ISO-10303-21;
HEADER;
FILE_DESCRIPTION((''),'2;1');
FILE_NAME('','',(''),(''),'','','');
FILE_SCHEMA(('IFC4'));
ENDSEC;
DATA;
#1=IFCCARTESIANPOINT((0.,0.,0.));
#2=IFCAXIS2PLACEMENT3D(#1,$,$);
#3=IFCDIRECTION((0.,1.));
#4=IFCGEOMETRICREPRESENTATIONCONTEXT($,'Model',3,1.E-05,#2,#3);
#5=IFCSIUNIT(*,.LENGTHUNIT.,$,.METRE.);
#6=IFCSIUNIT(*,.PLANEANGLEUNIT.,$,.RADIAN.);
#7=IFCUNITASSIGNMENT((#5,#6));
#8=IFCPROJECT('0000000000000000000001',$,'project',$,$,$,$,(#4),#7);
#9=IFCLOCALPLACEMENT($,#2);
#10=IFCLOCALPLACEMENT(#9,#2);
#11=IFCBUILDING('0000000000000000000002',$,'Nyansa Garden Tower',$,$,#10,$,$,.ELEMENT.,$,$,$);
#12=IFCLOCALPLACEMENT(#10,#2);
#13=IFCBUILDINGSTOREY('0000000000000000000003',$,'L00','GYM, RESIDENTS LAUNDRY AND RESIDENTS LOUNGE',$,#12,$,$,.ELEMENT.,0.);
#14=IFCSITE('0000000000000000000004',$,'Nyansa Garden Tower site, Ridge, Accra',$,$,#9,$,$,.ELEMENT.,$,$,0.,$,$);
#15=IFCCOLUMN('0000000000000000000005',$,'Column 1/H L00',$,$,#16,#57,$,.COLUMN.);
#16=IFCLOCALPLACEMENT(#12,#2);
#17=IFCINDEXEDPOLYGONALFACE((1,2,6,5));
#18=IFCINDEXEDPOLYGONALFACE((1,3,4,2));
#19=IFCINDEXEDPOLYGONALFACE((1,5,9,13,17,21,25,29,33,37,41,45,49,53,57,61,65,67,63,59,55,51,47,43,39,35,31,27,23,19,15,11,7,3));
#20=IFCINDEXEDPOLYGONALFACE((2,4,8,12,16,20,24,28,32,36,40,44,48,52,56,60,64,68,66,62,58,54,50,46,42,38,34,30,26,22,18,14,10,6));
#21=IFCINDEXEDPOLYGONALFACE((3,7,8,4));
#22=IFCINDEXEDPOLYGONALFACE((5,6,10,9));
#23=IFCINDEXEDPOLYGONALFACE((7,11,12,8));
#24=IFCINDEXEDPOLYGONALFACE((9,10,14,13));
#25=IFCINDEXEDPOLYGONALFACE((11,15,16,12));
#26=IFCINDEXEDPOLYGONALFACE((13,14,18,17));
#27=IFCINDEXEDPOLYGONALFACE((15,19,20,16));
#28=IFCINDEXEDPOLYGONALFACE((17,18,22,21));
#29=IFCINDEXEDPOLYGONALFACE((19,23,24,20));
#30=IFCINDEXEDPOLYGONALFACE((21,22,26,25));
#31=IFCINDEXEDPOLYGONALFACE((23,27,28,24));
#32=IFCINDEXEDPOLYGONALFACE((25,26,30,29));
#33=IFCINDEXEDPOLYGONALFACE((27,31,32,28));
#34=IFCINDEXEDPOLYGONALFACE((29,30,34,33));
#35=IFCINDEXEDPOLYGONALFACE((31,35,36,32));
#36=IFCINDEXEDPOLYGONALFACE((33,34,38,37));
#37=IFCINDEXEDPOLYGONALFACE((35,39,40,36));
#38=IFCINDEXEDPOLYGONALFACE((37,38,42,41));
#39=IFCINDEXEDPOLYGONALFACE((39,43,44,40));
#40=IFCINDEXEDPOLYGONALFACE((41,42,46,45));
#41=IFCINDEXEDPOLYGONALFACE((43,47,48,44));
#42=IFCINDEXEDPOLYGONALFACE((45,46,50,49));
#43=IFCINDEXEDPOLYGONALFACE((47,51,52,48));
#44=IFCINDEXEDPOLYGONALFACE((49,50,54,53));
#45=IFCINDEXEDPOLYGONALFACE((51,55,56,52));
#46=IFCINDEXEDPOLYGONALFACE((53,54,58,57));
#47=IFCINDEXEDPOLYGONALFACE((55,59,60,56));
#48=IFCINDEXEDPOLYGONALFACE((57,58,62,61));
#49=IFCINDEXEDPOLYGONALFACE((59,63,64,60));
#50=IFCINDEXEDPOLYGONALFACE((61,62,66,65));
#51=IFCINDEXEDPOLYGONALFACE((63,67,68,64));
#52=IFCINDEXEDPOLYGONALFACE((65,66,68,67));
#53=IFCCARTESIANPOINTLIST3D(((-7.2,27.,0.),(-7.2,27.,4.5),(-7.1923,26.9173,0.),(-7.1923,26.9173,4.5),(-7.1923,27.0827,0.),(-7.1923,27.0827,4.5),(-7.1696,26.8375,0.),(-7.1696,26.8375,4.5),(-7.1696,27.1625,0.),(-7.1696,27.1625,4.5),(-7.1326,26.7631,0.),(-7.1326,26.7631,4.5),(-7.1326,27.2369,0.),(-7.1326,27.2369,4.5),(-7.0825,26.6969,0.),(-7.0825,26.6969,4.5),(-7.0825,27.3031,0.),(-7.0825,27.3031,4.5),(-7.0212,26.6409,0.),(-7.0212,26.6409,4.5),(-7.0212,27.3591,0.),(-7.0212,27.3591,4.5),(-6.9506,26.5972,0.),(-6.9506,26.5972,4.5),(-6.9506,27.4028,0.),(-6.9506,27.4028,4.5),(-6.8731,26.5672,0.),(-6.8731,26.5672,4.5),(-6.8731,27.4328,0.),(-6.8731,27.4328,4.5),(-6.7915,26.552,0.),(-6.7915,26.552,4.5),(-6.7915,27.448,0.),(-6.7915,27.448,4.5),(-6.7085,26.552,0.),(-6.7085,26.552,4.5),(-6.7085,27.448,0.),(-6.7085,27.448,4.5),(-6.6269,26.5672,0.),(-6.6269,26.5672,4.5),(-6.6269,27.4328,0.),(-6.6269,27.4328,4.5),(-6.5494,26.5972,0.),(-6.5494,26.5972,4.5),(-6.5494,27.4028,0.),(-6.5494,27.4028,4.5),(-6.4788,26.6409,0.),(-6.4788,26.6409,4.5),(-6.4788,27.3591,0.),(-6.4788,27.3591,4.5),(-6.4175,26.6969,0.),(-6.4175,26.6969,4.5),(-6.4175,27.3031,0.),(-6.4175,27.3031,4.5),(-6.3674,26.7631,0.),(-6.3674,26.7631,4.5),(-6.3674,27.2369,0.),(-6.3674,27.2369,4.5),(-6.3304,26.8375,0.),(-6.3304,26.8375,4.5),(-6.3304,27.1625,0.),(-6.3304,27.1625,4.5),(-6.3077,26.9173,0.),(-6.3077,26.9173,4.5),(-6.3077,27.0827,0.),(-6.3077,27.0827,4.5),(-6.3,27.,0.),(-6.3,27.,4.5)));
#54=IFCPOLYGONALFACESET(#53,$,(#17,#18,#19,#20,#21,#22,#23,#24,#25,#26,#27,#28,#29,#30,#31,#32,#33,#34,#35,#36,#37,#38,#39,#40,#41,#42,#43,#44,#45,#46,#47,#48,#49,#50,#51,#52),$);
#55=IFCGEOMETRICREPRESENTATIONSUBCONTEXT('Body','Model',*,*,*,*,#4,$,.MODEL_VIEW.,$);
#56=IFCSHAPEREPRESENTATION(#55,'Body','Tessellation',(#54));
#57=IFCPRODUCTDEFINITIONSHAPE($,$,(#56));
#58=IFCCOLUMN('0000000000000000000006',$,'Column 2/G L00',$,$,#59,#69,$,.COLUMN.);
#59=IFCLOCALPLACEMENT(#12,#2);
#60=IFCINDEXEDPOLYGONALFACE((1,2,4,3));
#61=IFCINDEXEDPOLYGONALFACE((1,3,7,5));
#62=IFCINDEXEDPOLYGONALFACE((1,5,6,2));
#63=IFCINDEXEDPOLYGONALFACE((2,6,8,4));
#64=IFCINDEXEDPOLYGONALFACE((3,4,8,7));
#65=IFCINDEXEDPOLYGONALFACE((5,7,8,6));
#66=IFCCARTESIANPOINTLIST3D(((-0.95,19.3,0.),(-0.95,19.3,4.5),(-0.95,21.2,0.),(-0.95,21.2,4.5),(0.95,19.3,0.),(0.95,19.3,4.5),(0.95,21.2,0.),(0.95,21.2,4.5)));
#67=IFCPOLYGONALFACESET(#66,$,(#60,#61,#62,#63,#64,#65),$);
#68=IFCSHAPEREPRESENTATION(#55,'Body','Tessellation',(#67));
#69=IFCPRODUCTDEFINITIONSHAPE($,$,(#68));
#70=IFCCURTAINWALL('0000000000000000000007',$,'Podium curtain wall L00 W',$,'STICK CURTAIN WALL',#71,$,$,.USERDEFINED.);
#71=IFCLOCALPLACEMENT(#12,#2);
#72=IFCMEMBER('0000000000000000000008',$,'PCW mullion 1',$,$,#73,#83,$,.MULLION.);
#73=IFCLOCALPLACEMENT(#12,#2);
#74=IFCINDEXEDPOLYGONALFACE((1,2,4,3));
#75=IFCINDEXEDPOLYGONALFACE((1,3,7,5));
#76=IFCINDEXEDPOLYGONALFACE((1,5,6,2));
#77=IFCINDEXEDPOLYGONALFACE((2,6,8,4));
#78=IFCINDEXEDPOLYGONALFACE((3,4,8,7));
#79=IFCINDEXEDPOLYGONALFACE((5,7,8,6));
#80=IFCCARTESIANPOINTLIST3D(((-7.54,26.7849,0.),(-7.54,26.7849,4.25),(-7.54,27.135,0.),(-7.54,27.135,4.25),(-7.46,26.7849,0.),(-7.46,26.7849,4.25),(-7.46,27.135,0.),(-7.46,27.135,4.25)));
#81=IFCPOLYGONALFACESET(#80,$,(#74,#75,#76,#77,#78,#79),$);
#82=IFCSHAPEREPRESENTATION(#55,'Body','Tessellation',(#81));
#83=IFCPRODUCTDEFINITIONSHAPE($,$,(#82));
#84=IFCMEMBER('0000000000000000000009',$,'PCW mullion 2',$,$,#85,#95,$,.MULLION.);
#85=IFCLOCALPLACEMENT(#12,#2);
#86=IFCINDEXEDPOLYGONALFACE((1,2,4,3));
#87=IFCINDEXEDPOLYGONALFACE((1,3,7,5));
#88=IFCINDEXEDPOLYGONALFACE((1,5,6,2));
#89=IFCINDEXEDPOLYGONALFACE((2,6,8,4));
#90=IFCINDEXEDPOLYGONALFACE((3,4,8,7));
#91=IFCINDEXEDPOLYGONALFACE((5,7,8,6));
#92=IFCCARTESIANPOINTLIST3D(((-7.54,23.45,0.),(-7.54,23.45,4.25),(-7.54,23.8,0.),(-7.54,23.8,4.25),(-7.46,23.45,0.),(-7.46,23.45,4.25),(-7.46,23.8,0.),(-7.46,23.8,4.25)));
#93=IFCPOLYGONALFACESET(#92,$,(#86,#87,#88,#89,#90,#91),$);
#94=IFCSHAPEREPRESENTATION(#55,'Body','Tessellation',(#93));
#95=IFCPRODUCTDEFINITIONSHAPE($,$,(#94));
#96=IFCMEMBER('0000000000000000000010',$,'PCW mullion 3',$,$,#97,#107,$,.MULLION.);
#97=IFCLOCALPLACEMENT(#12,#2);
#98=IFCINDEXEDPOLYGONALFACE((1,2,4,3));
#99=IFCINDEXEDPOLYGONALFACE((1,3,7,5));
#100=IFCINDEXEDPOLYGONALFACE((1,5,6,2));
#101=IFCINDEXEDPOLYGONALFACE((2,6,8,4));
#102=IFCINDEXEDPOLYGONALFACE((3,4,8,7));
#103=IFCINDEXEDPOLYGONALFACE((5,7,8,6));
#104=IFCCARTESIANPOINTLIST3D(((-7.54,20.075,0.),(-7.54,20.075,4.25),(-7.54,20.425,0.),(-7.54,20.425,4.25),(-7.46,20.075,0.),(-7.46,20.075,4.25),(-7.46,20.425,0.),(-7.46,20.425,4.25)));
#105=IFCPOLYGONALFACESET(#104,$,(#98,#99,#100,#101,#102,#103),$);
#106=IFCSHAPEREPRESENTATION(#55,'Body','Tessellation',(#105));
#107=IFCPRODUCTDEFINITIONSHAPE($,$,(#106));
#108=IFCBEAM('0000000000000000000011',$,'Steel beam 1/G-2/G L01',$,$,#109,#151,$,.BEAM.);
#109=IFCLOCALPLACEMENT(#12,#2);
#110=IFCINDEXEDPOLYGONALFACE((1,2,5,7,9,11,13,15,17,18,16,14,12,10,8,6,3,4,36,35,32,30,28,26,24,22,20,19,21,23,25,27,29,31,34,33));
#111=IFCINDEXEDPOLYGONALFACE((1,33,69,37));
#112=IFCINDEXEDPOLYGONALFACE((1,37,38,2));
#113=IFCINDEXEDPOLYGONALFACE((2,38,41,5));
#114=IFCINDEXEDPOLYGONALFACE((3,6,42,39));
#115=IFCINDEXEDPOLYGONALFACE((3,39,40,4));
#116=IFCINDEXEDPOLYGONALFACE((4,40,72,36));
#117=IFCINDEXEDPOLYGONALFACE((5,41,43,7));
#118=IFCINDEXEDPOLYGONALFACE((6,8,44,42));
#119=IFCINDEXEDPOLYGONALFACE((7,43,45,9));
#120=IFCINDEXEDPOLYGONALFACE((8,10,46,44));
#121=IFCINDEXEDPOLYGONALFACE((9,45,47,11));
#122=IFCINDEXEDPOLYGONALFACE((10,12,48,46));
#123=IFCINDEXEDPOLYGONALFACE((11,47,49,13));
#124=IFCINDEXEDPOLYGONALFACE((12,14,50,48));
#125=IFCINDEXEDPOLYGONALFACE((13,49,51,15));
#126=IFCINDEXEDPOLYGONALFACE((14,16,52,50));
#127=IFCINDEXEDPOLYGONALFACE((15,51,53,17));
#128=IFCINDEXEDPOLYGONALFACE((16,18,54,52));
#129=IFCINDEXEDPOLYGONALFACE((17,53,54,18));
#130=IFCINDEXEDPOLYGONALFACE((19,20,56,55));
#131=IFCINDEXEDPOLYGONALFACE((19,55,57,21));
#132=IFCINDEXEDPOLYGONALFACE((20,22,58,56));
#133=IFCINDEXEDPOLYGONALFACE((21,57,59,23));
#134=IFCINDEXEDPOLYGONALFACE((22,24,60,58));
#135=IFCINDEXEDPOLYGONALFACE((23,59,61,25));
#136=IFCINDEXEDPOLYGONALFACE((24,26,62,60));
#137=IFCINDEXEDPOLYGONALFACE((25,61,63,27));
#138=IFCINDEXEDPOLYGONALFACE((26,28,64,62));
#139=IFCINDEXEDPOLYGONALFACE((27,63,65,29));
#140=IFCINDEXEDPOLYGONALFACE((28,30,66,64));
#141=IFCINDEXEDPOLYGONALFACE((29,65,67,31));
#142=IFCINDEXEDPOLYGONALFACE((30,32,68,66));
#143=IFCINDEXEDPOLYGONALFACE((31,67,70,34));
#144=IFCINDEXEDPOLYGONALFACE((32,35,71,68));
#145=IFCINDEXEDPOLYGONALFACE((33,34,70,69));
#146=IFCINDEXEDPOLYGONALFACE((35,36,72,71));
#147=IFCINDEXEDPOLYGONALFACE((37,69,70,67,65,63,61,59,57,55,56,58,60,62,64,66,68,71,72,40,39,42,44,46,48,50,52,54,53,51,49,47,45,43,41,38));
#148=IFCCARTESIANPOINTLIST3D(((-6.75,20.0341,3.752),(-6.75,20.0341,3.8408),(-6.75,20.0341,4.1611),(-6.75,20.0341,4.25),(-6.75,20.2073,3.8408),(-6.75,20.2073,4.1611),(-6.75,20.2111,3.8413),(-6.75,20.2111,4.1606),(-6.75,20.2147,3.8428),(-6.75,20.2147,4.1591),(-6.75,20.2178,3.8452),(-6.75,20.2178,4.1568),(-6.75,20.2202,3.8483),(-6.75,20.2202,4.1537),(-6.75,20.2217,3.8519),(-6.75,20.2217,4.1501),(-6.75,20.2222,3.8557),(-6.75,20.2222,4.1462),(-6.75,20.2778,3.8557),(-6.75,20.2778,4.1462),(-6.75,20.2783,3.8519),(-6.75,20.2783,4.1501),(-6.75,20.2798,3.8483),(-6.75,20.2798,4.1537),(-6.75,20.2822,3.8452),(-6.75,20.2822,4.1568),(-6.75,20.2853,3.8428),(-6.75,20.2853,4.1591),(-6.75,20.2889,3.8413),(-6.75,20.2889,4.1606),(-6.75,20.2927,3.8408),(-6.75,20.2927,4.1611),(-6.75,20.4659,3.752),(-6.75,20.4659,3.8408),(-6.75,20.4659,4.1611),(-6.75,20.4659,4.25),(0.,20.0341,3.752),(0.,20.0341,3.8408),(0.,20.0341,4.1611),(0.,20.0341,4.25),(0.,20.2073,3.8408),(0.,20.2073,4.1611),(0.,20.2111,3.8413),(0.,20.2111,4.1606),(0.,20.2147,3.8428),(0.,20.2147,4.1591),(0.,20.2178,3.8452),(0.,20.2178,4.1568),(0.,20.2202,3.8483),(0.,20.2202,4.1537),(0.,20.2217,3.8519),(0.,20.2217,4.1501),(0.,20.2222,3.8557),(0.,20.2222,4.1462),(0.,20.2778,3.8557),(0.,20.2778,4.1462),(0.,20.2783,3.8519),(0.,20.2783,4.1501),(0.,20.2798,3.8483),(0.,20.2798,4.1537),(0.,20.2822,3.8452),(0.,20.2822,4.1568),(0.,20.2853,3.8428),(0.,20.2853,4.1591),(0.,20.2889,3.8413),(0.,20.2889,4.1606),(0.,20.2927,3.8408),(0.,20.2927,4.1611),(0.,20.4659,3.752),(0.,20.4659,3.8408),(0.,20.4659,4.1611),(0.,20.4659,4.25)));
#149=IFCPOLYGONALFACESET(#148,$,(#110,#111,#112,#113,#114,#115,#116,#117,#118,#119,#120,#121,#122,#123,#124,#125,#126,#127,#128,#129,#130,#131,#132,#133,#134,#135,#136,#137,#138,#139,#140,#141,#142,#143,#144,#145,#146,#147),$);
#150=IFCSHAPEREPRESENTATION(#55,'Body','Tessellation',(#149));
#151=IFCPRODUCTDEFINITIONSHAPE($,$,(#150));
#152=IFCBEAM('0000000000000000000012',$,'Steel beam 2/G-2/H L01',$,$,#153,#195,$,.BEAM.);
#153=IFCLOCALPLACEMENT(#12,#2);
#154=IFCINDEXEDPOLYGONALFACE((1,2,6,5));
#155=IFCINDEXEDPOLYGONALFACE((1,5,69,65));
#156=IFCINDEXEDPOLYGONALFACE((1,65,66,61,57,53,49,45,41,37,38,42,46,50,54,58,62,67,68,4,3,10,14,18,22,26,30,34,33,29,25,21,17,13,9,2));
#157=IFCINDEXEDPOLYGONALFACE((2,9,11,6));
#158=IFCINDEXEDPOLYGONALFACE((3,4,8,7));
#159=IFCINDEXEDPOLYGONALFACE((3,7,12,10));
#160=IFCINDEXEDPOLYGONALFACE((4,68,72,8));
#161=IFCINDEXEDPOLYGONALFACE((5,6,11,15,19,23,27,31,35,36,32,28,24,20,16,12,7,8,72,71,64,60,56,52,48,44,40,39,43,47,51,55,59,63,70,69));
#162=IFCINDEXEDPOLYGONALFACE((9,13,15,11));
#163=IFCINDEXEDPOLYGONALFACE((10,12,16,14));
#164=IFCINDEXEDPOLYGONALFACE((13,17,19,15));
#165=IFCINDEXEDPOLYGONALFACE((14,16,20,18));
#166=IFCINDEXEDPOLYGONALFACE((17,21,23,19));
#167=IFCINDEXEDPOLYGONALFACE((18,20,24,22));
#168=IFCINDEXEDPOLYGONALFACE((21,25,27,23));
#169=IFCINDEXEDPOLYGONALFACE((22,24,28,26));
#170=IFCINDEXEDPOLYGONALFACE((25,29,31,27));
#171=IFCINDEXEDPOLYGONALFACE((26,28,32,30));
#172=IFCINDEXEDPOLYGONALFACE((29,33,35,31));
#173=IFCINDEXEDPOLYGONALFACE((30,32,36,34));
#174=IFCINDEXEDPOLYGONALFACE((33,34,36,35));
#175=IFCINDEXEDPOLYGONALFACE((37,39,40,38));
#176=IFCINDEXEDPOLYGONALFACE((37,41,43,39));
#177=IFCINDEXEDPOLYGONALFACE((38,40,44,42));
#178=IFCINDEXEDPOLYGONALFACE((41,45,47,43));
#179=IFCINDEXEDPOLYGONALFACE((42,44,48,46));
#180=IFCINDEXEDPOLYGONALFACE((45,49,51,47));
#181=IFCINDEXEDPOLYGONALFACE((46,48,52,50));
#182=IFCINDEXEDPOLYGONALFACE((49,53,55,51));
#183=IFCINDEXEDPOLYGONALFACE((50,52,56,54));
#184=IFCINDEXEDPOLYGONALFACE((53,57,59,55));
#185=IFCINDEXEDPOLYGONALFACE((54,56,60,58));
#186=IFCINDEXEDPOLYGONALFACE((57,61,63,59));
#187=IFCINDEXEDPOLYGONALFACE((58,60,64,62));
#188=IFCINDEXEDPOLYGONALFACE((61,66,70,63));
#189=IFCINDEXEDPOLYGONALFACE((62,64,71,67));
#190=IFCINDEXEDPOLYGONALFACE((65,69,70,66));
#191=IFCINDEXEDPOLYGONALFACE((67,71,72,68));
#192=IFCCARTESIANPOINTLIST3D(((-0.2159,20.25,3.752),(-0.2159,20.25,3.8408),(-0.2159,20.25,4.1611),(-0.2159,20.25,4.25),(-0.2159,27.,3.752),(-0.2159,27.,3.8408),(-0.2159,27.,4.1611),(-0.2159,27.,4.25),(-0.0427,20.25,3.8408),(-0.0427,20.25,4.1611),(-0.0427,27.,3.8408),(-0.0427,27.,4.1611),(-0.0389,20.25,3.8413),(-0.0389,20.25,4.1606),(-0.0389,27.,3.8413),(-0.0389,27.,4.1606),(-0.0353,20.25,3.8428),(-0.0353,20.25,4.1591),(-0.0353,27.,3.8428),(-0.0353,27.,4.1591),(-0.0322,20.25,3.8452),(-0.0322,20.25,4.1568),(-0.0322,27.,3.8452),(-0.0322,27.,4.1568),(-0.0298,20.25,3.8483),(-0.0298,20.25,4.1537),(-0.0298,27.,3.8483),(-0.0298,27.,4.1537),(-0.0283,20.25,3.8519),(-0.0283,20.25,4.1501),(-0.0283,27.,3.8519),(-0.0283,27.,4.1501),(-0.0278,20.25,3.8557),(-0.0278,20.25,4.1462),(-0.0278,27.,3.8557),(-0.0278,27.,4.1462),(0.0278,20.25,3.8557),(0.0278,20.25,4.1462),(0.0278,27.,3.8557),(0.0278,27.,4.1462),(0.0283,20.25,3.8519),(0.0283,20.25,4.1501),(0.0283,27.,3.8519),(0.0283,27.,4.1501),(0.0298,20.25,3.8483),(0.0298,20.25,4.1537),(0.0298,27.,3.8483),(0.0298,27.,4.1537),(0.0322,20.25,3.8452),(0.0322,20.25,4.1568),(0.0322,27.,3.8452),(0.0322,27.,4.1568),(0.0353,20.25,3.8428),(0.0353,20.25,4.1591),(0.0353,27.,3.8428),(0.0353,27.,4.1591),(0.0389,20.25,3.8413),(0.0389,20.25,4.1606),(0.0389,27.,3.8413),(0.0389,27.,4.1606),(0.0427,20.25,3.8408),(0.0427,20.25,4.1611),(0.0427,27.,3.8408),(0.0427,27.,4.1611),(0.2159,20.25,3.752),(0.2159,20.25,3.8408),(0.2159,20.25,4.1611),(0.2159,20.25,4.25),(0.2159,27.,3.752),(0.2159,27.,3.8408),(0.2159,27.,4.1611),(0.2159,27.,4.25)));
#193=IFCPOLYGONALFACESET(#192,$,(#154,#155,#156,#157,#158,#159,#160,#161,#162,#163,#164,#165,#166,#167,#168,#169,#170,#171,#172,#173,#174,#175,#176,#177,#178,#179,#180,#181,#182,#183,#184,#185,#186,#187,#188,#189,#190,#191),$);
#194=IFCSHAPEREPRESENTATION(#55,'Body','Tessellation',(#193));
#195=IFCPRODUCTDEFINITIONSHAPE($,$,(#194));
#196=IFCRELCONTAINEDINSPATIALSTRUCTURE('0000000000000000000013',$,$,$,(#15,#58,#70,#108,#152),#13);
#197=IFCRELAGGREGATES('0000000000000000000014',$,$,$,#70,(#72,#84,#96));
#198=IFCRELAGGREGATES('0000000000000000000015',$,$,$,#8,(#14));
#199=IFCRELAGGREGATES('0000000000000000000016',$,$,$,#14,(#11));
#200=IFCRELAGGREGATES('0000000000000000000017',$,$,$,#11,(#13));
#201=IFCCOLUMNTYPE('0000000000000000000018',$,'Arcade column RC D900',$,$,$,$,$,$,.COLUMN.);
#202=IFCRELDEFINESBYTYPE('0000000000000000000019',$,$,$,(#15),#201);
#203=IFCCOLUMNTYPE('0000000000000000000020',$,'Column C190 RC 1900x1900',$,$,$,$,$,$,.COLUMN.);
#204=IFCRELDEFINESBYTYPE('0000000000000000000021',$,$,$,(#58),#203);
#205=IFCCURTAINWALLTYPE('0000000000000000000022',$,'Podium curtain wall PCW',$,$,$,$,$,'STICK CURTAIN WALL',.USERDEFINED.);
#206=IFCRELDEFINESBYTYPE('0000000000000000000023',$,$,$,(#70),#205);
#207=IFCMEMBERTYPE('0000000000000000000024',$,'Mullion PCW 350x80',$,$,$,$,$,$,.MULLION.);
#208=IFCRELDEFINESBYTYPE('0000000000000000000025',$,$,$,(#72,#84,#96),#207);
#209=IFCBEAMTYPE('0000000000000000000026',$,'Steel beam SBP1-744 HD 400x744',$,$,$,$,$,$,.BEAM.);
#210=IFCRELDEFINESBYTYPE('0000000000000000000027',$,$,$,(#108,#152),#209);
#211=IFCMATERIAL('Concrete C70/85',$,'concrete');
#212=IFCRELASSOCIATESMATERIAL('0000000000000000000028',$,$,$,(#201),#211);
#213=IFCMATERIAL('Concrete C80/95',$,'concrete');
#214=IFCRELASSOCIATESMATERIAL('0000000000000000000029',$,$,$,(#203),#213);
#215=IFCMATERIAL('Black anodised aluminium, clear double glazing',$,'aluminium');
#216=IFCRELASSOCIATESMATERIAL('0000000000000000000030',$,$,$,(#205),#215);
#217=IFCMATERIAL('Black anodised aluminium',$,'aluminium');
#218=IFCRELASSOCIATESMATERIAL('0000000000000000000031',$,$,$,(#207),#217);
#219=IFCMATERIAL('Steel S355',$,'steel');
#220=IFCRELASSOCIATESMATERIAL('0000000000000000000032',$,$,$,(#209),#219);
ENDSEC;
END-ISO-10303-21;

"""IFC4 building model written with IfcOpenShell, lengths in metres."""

from ifc_helpers import new_model, si_unit, direction, frame, origin, origin_2d, place, context, subcontext, project, spatial, rectangle, circle, i_section, extrude, material, material_profile, profile_set, type_object, element, aggregate, save


model = new_model("IFC4")

# Units and contexts
model_context = context("Model", 3, precision=1e-05, world=origin(), true_north=direction((0.0, 1.0)))
body_context = subcontext(model_context, "Body", "Model", "MODEL_VIEW")
ifc_project = project(units=[si_unit("LENGTHUNIT", "METRE"), si_unit("PLANEANGLEUNIT", "RADIAN")], contexts=[model_context])

# Site, building, storey
site_placement = place(None, origin())
site = spatial("IfcSite", under=ifc_project, at=site_placement, Name="Nyansa Garden Tower site, Ridge, Accra", CompositionType="ELEMENT", RefElevation=0.0)
building_placement = place(site_placement, origin())
building = spatial("IfcBuilding", under=site, at=building_placement, Name="Nyansa Garden Tower", CompositionType="ELEMENT")
storey_placement = place(building_placement, origin())
storey = spatial("IfcBuildingStorey", under=building, at=storey_placement, Name="L00", Description="GYM, RESIDENTS LAUNDRY AND RESIDENTS LOUNGE", CompositionType="ELEMENT", Elevation=0.0)

# Columns
ifc_material_1 = material(Name="Concrete C70/85", Category="concrete")
ifc_material_profile_1 = material_profile(ifc_material_1, circle(Radius=0.45, at=origin_2d()), Name="RC D900")
ifc_profile_set_1 = profile_set([ifc_material_profile_1], Name="Concrete C70/85")
column_type_1 = type_object("IfcColumnType", Name="Arcade column RC D900", PredefinedType="COLUMN", material=ifc_profile_set_1)
for number, where, z_axis, x_axis, name in (
    (1, (-6.75, 27.0, 0.0), (0.0, 0.0, 1.0), (1.0, 0.0, 0.0), "Column 1/H L00"),
):
    element("IfcColumn", number, at=place(storey_placement, frame(where, z_axis=z_axis, x_axis=x_axis)), inside=storey, type_object=column_type_1, Name=name, PredefinedType="COLUMN", context=body_context, shape_type="SweptSolid", body=[
        extrude(circle(Radius=0.45, at=origin_2d()), origin(), (0.0, 0.0, 1.0), 4.5),
    ])
ifc_material_2 = material(Name="Concrete C80/95", Category="concrete")
ifc_material_profile_2 = material_profile(ifc_material_2, rectangle(XDim=1.8999, YDim=1.8999, at=origin_2d()), Name="RC 1900x1900")
ifc_profile_set_2 = profile_set([ifc_material_profile_2], Name="Concrete C80/95")
column_type_2 = type_object("IfcColumnType", Name="Column C190 RC 1900x1900", PredefinedType="COLUMN", material=ifc_profile_set_2)
column_placement = place(storey_placement, frame((0.0, 20.25, 0.0), z_axis=(0.0, 0.0, 1.0), x_axis=(1.0, 0.0, 0.0)))
element("IfcColumn", 2, at=column_placement, inside=storey, type_object=column_type_2, Name="Column 2/G L00", PredefinedType="COLUMN", context=body_context, shape_type="SweptSolid", body=[
    extrude(rectangle(XDim=1.8999, YDim=1.8999, at=origin_2d()), origin(), (0.0, 0.0, 1.0), 4.5),
])

# Curtain wall, members
ifc_material_3 = material(Name="Black anodised aluminium, clear double glazing", Category="aluminium")
curtain_wall_type = type_object("IfcCurtainWallType", Name="Podium curtain wall PCW", ElementType="STICK CURTAIN WALL", PredefinedType="USERDEFINED", material=ifc_material_3)
curtain_wall_placement = place(storey_placement, origin())
curtain_wall = element("IfcCurtainWall", 3, at=curtain_wall_placement, inside=storey, type_object=curtain_wall_type, Name="Podium curtain wall L00 W", ObjectType="STICK CURTAIN WALL", PredefinedType="USERDEFINED")
ifc_material_4 = material(Name="Black anodised aluminium", Category="aluminium")
ifc_material_profile_3 = material_profile(ifc_material_4, rectangle(XDim=0.0801, YDim=0.3501, at=origin_2d()), Name="Mullion 350x80")
ifc_profile_set_3 = profile_set([ifc_material_profile_3], Name="Black anodised aluminium")
member_type_1 = type_object("IfcMemberType", Name="Mullion PCW 350x80", PredefinedType="MULLION", material=ifc_profile_set_3)
member_1_placement = place(storey_placement, frame((-7.5, 26.96, 0.0), z_axis=(0.0, 0.0, 1.0), x_axis=(1.0, 0.0, 0.0)))
member_1 = element("IfcMember", 4, at=member_1_placement, type_object=member_type_1, Name="PCW mullion 1", PredefinedType="MULLION", context=body_context, shape_type="SweptSolid", body=[
    extrude(rectangle(XDim=0.0801, YDim=0.3501, at=origin_2d()), origin(), (0.0, 0.0, 1.0), 4.25),
])
member_2_placement = place(storey_placement, frame((-7.5, 23.625, 0.0), z_axis=(0.0, 0.0, 1.0), x_axis=(1.0, 0.0, 0.0)))
member_2 = element("IfcMember", 5, at=member_2_placement, type_object=member_type_1, Name="PCW mullion 2", PredefinedType="MULLION", context=body_context, shape_type="SweptSolid", body=[
    extrude(rectangle(XDim=0.0801, YDim=0.3501, at=origin_2d()), origin(), (0.0, 0.0, 1.0), 4.25),
])
member_3_placement = place(storey_placement, frame((-7.5, 20.25, 0.0), z_axis=(0.0, 0.0, 1.0), x_axis=(1.0, 0.0, 0.0)))
member_3 = element("IfcMember", 6, at=member_3_placement, type_object=member_type_1, Name="PCW mullion 3", PredefinedType="MULLION", context=body_context, shape_type="SweptSolid", body=[
    extrude(rectangle(XDim=0.0801, YDim=0.3501, at=origin_2d()), origin(), (0.0, 0.0, 1.0), 4.25),
])

# Beams
ifc_material_5 = material(Name="Steel S355", Category="steel")
ifc_material_profile_4 = material_profile(ifc_material_5, i_section(OverallWidth=0.4319, OverallDepth=0.498, WebThickness=0.0557, FlangeThickness=0.0889, FilletRadius=0.0149, at=origin_2d()), Name="HD 400x744")
ifc_profile_set_4 = profile_set([ifc_material_profile_4], Name="Steel S355")
beam_type_1 = type_object("IfcBeamType", Name="Steel beam SBP1-744 HD 400x744", PredefinedType="BEAM", material=ifc_profile_set_4)
for number, where, z_axis, x_axis, name in (
    (7, (-6.75, 20.25, 4.001), (1.0, 0.0, 0.0), (0.0, 1.0, 0.0), "Steel beam 1/G-2/G L01"),
    (8, (0.0, 20.25, 4.001), (0.0, 1.0, 0.0), (-1.0, 0.0, 0.0), "Steel beam 2/G-2/H L01"),
):
    element("IfcBeam", number, at=place(storey_placement, frame(where, z_axis=z_axis, x_axis=x_axis)), inside=storey, type_object=beam_type_1, Name=name, PredefinedType="BEAM", context=body_context, shape_type="SweptSolid", body=[
        extrude(i_section(OverallWidth=0.4319, OverallDepth=0.498, WebThickness=0.0557, FlangeThickness=0.0889, FilletRadius=0.0149, at=origin_2d()), origin(), (0.0, 0.0, 1.0), 6.75),
    ])

aggregate(curtain_wall, [member_1, member_2, member_3])

save(model, "model.ifc")
